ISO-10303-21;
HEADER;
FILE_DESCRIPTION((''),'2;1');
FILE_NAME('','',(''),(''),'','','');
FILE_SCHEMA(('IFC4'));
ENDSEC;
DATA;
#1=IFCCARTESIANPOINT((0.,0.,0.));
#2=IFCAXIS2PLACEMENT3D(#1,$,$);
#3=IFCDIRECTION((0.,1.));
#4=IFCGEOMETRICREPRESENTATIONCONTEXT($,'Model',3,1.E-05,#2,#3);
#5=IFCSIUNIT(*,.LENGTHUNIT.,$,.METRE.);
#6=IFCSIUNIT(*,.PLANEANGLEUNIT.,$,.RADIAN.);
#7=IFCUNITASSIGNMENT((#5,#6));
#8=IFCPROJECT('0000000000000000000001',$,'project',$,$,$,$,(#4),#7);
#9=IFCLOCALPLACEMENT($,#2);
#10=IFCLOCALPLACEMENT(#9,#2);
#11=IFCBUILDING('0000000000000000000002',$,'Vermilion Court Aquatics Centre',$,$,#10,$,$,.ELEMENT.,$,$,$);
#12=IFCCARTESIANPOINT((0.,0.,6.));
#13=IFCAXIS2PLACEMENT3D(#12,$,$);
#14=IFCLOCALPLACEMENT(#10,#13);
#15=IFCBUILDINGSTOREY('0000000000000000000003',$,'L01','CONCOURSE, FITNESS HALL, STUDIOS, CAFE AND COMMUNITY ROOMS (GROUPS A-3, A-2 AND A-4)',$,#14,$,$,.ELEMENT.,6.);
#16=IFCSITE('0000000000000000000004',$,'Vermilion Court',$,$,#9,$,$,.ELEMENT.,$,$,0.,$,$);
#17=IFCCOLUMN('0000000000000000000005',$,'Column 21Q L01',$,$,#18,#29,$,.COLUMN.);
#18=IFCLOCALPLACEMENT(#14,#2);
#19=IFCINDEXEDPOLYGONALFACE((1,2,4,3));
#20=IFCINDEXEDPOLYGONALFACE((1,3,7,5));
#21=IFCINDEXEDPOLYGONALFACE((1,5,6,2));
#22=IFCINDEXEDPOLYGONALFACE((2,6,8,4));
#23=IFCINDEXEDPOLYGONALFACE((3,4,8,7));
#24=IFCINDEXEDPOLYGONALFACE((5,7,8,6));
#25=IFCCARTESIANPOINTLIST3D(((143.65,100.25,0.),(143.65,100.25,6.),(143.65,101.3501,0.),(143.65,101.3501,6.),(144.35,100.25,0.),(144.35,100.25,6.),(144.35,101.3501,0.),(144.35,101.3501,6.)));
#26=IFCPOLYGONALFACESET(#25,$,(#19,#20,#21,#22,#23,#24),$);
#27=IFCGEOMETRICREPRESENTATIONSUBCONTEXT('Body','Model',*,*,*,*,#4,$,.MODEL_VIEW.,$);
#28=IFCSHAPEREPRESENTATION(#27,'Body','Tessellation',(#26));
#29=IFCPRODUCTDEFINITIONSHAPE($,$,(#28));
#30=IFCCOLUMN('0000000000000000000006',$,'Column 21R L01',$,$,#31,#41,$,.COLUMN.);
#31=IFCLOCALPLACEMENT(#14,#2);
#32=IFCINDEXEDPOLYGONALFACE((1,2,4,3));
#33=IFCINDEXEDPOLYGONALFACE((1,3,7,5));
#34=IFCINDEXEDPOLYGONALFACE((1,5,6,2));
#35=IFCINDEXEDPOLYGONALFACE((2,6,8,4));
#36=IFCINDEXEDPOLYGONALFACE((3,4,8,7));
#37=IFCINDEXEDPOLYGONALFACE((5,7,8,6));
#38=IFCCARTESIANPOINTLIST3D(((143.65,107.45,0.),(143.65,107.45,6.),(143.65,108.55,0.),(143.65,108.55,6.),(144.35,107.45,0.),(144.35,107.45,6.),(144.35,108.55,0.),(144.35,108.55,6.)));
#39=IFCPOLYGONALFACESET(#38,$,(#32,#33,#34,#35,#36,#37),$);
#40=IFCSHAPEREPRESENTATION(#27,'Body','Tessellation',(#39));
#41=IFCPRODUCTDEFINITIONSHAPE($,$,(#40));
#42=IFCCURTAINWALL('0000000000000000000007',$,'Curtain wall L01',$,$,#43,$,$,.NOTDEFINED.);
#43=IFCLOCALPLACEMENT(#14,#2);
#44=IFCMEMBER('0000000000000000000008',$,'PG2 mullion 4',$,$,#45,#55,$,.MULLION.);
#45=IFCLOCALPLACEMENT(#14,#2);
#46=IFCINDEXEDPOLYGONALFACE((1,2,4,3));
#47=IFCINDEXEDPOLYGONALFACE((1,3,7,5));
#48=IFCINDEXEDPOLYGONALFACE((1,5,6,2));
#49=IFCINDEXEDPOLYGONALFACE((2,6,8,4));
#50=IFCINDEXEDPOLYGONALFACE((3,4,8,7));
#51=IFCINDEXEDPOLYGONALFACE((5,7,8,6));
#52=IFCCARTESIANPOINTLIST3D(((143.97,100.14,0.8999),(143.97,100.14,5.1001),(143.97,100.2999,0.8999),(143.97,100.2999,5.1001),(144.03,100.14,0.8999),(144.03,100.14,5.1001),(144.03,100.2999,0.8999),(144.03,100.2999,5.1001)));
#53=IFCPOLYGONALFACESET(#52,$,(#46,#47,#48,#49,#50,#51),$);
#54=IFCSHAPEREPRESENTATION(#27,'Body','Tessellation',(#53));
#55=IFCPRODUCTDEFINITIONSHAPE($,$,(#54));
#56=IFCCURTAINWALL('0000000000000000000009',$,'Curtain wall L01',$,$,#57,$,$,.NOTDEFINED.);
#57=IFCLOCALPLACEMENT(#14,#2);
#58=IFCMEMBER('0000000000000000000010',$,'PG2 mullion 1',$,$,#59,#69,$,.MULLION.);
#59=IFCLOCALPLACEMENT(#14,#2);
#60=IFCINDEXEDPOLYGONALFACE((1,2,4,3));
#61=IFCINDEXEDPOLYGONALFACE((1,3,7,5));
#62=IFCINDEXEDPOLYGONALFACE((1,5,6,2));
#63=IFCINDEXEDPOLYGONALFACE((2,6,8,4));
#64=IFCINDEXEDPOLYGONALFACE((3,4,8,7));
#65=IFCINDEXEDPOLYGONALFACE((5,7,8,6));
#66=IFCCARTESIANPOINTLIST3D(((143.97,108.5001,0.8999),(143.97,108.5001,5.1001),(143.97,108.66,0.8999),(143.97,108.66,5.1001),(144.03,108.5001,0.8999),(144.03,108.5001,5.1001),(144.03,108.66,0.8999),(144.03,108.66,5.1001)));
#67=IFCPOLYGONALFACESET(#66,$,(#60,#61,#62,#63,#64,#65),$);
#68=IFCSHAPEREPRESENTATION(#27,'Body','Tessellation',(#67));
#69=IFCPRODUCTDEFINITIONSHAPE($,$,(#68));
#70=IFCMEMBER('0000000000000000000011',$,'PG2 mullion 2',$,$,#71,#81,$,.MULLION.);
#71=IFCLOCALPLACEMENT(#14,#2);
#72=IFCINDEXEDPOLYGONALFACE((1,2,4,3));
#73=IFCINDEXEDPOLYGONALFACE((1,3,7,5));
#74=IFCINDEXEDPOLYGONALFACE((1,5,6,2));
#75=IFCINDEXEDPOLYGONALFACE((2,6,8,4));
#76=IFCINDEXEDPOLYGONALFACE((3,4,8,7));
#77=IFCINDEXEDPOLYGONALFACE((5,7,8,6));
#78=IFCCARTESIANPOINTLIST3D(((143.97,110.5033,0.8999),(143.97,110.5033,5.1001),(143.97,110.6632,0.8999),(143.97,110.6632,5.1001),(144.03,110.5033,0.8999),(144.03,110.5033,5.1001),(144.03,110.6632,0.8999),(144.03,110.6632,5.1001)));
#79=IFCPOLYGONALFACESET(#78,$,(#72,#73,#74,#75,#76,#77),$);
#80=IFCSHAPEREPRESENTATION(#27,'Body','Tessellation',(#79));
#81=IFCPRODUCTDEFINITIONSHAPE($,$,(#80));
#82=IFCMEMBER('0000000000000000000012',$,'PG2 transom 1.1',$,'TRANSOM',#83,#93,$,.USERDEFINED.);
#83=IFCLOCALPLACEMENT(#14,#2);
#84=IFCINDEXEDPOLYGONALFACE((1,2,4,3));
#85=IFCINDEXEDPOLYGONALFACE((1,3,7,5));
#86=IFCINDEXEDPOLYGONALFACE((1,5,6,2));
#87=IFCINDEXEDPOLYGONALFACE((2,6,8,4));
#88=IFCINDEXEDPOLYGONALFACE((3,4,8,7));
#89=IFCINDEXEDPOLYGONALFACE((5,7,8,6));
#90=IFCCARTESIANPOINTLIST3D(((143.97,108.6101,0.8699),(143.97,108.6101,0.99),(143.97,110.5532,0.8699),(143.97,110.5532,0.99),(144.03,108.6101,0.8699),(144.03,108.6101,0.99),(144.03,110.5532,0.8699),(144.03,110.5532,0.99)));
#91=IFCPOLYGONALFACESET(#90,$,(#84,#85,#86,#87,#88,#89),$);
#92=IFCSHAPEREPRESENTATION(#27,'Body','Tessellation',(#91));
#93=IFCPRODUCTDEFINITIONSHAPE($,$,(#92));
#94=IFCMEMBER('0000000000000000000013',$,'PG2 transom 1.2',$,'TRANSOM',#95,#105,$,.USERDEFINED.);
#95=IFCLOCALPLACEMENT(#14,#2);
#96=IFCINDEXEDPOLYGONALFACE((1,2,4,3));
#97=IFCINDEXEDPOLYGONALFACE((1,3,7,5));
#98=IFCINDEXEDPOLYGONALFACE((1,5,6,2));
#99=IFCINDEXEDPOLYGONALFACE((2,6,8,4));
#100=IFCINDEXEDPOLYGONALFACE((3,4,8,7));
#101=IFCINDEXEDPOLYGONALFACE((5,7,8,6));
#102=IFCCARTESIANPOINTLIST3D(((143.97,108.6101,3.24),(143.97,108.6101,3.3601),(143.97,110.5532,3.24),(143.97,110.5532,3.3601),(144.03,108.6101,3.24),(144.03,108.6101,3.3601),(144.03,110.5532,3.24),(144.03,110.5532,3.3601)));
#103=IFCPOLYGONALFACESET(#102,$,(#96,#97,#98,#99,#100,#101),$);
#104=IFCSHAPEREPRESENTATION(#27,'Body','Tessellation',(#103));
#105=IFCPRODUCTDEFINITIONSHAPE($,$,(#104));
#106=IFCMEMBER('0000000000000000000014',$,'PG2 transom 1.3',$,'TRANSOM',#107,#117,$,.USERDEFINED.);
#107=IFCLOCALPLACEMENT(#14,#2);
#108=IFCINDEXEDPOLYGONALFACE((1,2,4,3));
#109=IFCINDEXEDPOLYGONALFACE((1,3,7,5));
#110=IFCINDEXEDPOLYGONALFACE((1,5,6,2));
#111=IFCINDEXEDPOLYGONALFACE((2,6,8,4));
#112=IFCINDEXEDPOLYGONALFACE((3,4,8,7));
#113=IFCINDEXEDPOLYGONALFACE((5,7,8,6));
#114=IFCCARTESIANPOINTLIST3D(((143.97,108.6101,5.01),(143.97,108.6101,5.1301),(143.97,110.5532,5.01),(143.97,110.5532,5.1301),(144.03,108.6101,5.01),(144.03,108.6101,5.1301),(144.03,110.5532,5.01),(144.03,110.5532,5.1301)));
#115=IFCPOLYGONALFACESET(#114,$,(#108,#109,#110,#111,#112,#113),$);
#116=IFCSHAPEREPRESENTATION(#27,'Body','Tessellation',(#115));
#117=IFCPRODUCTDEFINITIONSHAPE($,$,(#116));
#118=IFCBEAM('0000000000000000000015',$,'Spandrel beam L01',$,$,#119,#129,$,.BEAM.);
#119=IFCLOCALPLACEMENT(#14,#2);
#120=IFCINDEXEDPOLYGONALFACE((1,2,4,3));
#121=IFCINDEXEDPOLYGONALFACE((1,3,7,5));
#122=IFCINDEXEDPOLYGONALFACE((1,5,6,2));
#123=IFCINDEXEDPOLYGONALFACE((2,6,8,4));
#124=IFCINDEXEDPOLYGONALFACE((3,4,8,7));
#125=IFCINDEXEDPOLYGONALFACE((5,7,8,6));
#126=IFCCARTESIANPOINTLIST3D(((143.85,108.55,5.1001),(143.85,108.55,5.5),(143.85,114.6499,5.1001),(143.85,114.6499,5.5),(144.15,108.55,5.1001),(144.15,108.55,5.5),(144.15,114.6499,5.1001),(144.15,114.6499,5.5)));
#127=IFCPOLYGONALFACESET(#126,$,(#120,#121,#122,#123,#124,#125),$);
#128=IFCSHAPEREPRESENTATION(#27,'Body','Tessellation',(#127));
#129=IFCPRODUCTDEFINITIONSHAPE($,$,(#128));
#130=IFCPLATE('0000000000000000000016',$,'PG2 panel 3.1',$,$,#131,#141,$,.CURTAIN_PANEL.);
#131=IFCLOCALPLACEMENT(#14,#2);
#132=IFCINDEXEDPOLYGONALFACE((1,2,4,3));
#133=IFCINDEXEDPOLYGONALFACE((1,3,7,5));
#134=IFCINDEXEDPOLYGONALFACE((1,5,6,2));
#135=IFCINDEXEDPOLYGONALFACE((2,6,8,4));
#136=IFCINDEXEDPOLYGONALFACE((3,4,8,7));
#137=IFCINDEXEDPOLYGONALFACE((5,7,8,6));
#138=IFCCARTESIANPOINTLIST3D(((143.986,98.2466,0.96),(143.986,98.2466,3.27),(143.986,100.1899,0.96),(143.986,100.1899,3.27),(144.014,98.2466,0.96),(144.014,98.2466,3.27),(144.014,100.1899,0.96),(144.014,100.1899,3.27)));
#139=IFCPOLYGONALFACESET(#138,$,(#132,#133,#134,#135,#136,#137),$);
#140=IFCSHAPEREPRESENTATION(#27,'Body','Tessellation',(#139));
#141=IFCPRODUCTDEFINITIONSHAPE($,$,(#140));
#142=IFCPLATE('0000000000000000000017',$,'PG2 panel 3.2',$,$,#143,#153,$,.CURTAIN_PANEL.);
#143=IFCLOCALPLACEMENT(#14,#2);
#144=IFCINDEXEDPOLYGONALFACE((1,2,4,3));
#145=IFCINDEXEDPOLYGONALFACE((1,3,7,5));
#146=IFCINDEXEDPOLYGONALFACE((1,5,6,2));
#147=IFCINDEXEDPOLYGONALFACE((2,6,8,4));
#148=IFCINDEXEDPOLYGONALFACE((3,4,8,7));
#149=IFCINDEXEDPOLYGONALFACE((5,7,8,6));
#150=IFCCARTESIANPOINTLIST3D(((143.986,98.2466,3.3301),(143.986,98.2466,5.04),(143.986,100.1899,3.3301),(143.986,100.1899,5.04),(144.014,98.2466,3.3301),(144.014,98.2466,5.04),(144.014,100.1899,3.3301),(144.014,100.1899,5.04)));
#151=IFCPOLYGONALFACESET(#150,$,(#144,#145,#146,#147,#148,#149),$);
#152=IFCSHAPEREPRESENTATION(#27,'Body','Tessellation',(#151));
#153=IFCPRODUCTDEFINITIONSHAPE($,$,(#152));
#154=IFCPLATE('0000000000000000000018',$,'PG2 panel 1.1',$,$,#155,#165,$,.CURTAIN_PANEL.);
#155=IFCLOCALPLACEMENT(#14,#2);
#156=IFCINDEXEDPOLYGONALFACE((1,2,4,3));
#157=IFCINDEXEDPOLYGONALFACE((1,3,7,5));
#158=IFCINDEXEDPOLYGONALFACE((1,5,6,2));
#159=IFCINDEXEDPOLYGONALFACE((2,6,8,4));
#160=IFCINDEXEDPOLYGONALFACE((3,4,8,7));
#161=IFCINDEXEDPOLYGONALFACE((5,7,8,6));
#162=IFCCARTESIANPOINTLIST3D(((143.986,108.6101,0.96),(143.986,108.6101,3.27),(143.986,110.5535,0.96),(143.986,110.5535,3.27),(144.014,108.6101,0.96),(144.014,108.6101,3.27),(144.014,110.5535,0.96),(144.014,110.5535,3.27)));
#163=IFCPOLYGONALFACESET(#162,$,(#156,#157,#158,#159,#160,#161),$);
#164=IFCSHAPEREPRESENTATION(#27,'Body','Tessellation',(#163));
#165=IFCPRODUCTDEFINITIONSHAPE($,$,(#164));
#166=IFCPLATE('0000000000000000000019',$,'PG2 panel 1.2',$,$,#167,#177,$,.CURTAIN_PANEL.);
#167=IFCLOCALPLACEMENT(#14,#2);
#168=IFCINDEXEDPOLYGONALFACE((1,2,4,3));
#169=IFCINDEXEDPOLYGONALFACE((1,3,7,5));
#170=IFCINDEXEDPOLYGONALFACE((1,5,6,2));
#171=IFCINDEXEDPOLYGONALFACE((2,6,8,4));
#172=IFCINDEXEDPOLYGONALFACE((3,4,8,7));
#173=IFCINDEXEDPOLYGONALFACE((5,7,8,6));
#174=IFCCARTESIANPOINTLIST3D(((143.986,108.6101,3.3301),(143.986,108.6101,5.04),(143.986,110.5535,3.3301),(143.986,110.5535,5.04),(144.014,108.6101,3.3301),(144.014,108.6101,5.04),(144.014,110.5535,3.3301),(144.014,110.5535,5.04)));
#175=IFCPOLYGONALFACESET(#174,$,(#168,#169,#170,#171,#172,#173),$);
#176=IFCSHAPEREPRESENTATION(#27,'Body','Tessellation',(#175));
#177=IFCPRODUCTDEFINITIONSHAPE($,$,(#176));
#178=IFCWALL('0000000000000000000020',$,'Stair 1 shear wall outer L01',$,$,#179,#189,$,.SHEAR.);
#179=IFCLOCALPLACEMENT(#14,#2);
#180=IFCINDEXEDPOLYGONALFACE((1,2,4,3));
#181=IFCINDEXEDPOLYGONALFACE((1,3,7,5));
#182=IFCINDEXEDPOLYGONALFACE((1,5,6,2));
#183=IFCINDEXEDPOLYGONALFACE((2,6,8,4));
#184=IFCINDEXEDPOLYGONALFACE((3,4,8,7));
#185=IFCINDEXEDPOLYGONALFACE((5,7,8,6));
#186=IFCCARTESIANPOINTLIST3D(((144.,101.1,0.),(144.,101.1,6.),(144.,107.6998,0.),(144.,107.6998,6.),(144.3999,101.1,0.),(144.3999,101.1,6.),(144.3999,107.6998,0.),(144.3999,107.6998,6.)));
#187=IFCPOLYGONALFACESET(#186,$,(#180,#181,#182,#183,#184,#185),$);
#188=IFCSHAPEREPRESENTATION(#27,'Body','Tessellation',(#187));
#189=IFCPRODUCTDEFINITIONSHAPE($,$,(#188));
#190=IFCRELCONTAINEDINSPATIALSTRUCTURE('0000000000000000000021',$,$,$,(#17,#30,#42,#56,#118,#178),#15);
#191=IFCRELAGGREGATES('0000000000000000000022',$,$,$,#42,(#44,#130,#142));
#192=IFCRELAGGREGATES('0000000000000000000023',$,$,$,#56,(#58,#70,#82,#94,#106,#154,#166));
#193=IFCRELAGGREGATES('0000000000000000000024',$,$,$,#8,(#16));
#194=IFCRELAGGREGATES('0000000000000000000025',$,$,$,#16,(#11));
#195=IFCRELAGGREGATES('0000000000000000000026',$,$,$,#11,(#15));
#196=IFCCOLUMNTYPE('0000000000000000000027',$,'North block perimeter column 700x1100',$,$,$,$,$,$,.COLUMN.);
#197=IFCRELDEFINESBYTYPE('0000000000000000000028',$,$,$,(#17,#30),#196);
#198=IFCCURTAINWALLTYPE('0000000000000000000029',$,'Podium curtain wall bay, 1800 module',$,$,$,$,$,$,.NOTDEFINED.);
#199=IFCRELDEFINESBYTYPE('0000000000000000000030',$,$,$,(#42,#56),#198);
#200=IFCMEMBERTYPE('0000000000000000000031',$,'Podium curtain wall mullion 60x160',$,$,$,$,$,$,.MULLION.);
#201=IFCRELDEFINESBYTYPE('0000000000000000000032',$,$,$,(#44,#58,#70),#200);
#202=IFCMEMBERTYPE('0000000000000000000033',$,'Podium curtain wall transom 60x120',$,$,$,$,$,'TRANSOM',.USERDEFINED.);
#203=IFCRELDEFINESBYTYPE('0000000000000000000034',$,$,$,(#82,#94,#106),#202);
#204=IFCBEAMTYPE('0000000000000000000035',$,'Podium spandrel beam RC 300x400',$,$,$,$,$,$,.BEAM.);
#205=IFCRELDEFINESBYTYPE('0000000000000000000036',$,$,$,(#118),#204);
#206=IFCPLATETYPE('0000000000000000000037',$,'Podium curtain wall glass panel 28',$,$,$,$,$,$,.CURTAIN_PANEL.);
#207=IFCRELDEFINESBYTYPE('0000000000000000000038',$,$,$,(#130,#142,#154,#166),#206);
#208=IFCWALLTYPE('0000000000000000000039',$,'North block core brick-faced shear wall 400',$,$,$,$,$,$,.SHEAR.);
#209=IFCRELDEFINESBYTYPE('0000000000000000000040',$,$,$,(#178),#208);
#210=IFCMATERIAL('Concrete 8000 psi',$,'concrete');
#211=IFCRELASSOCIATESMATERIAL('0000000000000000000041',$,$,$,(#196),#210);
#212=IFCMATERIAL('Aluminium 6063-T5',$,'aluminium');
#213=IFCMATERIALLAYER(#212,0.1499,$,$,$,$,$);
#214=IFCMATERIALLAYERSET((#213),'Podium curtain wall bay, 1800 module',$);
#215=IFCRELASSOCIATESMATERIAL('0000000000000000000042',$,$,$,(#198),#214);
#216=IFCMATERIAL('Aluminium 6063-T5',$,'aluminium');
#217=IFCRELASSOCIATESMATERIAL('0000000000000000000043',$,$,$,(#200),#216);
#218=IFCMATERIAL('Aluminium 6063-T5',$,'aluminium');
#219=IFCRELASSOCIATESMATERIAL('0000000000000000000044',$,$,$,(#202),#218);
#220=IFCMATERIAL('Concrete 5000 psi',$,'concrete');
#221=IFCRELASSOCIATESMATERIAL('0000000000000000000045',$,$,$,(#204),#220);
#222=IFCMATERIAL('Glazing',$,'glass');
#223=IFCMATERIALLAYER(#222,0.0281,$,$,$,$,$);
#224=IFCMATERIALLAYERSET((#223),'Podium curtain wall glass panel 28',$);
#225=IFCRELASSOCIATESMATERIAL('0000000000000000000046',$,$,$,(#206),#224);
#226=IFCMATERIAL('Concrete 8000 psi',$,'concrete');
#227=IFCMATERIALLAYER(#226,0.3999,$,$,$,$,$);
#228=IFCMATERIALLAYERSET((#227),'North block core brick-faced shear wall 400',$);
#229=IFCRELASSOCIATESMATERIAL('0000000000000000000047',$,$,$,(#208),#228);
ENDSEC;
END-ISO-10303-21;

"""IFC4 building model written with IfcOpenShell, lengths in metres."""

from ifc_helpers import new_model, si_unit, direction, frame, frame_2d, origin, origin_2d, place, context, subcontext, project, spatial, rectangle, extrude, material, layer, layer_set, material_profile, profile_set, type_object, element, aggregate, save


model = new_model("IFC4")

# Units and contexts
model_context = context("Model", 3, precision=1e-05, world=origin(), true_north=direction((0.0, 1.0)))
body_context = subcontext(model_context, "Body", "Model", "MODEL_VIEW")
ifc_project = project(units=[si_unit("LENGTHUNIT", "METRE"), si_unit("PLANEANGLEUNIT", "RADIAN")], contexts=[model_context])

# Site, building, storey
site_placement = place(None, origin())
site = spatial("IfcSite", under=ifc_project, at=site_placement, Name="Vermilion Court", CompositionType="ELEMENT", RefElevation=0.0)
building_placement = place(site_placement, origin())
building = spatial("IfcBuilding", under=site, at=building_placement, Name="Vermilion Court Aquatics Centre", CompositionType="ELEMENT")
storey_placement = place(building_placement, frame((0.0, 0.0, 6.0)))
storey = spatial("IfcBuildingStorey", under=building, at=storey_placement, Name="L01", Description="CONCOURSE, FITNESS HALL, STUDIOS, CAFE AND COMMUNITY ROOMS (GROUPS A-3, A-2 AND A-4)", CompositionType="ELEMENT", Elevation=6.0)

# Columns
ifc_material_1 = material(Name="Concrete 8000 psi", Category="concrete")
ifc_material_profile_1 = material_profile(ifc_material_1, rectangle(XDim=0.7, YDim=1.1001, at=origin_2d()), Name="RC 700x1100")
ifc_profile_set_1 = profile_set([ifc_material_profile_1], Name="Concrete 8000 psi")
column_type = type_object("IfcColumnType", Name="North block perimeter column 700x1100", PredefinedType="COLUMN", material=ifc_profile_set_1)
for number, where, z_axis, x_axis, name in (
    (1, (144.0, 100.8, 0.0), (0.0, 0.0, 1.0), (1.0, 0.0, 0.0), "Column 21Q L01"),
    (2, (144.0, 108.0, 0.0), (0.0, 0.0, 1.0), (1.0, 0.0, 0.0), "Column 21R L01"),
):
    element("IfcColumn", number, at=place(storey_placement, frame(where, z_axis=z_axis, x_axis=x_axis)), inside=storey, type_object=column_type, Name=name, PredefinedType="COLUMN", context=body_context, shape_type="SweptSolid", body=[
        extrude(rectangle(XDim=0.7, YDim=1.1001, at=origin_2d()), origin(), (0.0, 0.0, 1.0), 6.0),
    ])

# Curtain wall, member
ifc_material_2 = material(Name="Aluminium 6063-T5", Category="aluminium")
ifc_layer_1 = layer(ifc_material_2, 0.1499)
ifc_layer_set_1 = layer_set([ifc_layer_1], Name="Podium curtain wall bay, 1800 module")
curtain_wall_type = type_object("IfcCurtainWallType", Name="Podium curtain wall bay, 1800 module", PredefinedType="NOTDEFINED", material=ifc_layer_set_1)
curtain_wall_1_placement = place(storey_placement, origin())
curtain_wall_1 = element("IfcCurtainWall", 3, at=curtain_wall_1_placement, inside=storey, type_object=curtain_wall_type, Name="Curtain wall L01", PredefinedType="NOTDEFINED")
ifc_material_3 = material(Name="Aluminium 6063-T5", Category="aluminium")
ifc_material_profile_2 = material_profile(ifc_material_3, rectangle(XDim=0.0601, YDim=0.1599, at=origin_2d()), Name="Mullion 60x160")
ifc_profile_set_2 = profile_set([ifc_material_profile_2], Name="Aluminium 6063-T5")
member_type_1 = type_object("IfcMemberType", Name="Podium curtain wall mullion 60x160", PredefinedType="MULLION", material=ifc_profile_set_2)
member_1_placement = place(storey_placement, frame((144.0, 100.22, 0.8999), z_axis=(0.0, 0.0, 1.0), x_axis=(-1.0, 0.0, 0.0)))
member_1 = element("IfcMember", 4, at=member_1_placement, type_object=member_type_1, Name="PG2 mullion 4", PredefinedType="MULLION", context=body_context, shape_type="SweptSolid", body=[
    extrude(rectangle(XDim=0.0601, YDim=0.1599, at=origin_2d()), origin(), (0.0, 0.0, 1.0), 4.2002),
])

# Curtain wall, members
curtain_wall_2_placement = place(storey_placement, origin())
curtain_wall_2 = element("IfcCurtainWall", 5, at=curtain_wall_2_placement, inside=storey, type_object=curtain_wall_type, Name="Curtain wall L01", PredefinedType="NOTDEFINED")
member_2_placement = place(storey_placement, frame((144.0, 108.5801, 0.8999), z_axis=(0.0, 0.0, 1.0), x_axis=(-1.0, 0.0, 0.0)))
member_2 = element("IfcMember", 6, at=member_2_placement, type_object=member_type_1, Name="PG2 mullion 1", PredefinedType="MULLION", context=body_context, shape_type="SweptSolid", body=[
    extrude(rectangle(XDim=0.0601, YDim=0.1599, at=origin_2d()), origin(), (0.0, 0.0, 1.0), 4.2002),
])
member_3_placement = place(storey_placement, frame((144.0, 110.5833, 0.8999), z_axis=(0.0, 0.0, 1.0), x_axis=(-1.0, 0.0, 0.0)))
member_3 = element("IfcMember", 7, at=member_3_placement, type_object=member_type_1, Name="PG2 mullion 2", PredefinedType="MULLION", context=body_context, shape_type="SweptSolid", body=[
    extrude(rectangle(XDim=0.0601, YDim=0.1599, at=origin_2d()), origin(), (0.0, 0.0, 1.0), 4.2002),
])
ifc_material_4 = material(Name="Aluminium 6063-T5", Category="aluminium")
ifc_material_profile_3 = material_profile(ifc_material_4, rectangle(XDim=0.0601, YDim=0.1201, at=origin_2d()), Name="Transom 60x120")
ifc_profile_set_3 = profile_set([ifc_material_profile_3], Name="Aluminium 6063-T5")
member_type_2 = type_object("IfcMemberType", Name="Podium curtain wall transom 60x120", ElementType="TRANSOM", PredefinedType="USERDEFINED", material=ifc_profile_set_3)
member_4_placement = place(storey_placement, frame((144.0, 108.6101, 0.9299), z_axis=(0.0, 1.0, 0.0), x_axis=(-1.0, 0.0, 0.0)))
member_4 = element("IfcMember", 8, at=member_4_placement, type_object=member_type_2, Name="PG2 transom 1.1", ObjectType="TRANSOM", PredefinedType="USERDEFINED", context=body_context, shape_type="SweptSolid", body=[
    extrude(rectangle(XDim=0.0601, YDim=0.1201, at=origin_2d()), origin(), (0.0, 0.0, 1.0), 1.9431),
])
member_5_placement = place(storey_placement, frame((144.0, 108.6101, 3.3), z_axis=(0.0, 1.0, 0.0), x_axis=(-1.0, 0.0, 0.0)))
member_5 = element("IfcMember", 9, at=member_5_placement, type_object=member_type_2, Name="PG2 transom 1.2", ObjectType="TRANSOM", PredefinedType="USERDEFINED", context=body_context, shape_type="SweptSolid", body=[
    extrude(rectangle(XDim=0.0601, YDim=0.1201, at=origin_2d()), origin(), (0.0, 0.0, 1.0), 1.9431),
])
member_6_placement = place(storey_placement, frame((144.0, 108.6101, 5.0701), z_axis=(0.0, 1.0, 0.0), x_axis=(-1.0, 0.0, 0.0)))
member_6 = element("IfcMember", 10, at=member_6_placement, type_object=member_type_2, Name="PG2 transom 1.3", ObjectType="TRANSOM", PredefinedType="USERDEFINED", context=body_context, shape_type="SweptSolid", body=[
    extrude(rectangle(XDim=0.0601, YDim=0.1201, at=origin_2d()), origin(), (0.0, 0.0, 1.0), 1.9431),
])

# Beam
ifc_material_5 = material(Name="Concrete 5000 psi", Category="concrete")
ifc_material_profile_4 = material_profile(ifc_material_5, rectangle(XDim=0.3, YDim=0.3999, at=origin_2d()), Name="RC 300x400")
ifc_profile_set_4 = profile_set([ifc_material_profile_4], Name="Concrete 5000 psi")
beam_type = type_object("IfcBeamType", Name="Podium spandrel beam RC 300x400", PredefinedType="BEAM", material=ifc_profile_set_4)
beam_placement = place(storey_placement, frame((144.0, 108.55, 5.3), z_axis=(0.0, 1.0, 0.0), x_axis=(-1.0, 0.0, 0.0)))
element("IfcBeam", 11, at=beam_placement, inside=storey, type_object=beam_type, Name="Spandrel beam L01", PredefinedType="BEAM", context=body_context, shape_type="SweptSolid", body=[
    extrude(rectangle(XDim=0.3, YDim=0.3999, at=origin_2d()), origin(), (0.0, 0.0, 1.0), 6.0999),
])

# Plates
ifc_material_6 = material(Name="Glazing", Category="glass")
ifc_layer_2 = layer(ifc_material_6, 0.0281)
ifc_layer_set_2 = layer_set([ifc_layer_2], Name="Podium curtain wall glass panel 28")
plate_type = type_object("IfcPlateType", Name="Podium curtain wall glass panel 28", PredefinedType="CURTAIN_PANEL", material=ifc_layer_set_2)
plate_1_placement = place(storey_placement, frame((144.0, 99.2183, 0.96), z_axis=(0.0, 0.0, 1.0), x_axis=(0.0, 1.0, 0.0)))
plate_1 = element("IfcPlate", 12, at=plate_1_placement, type_object=plate_type, Name="PG2 panel 3.1", PredefinedType="CURTAIN_PANEL", context=body_context, shape_type="SweptSolid", body=[
    extrude(rectangle(XDim=1.9434, YDim=0.0281, at=origin_2d()), origin(), (0.0, 0.0, 1.0), 2.3101),
])
plate_2_placement = place(storey_placement, frame((144.0, 99.2183, 3.3301), z_axis=(0.0, 0.0, 1.0), x_axis=(0.0, 1.0, 0.0)))
plate_2 = element("IfcPlate", 13, at=plate_2_placement, type_object=plate_type, Name="PG2 panel 3.2", PredefinedType="CURTAIN_PANEL", context=body_context, shape_type="SweptSolid", body=[
    extrude(rectangle(XDim=1.9434, YDim=0.0281, at=origin_2d()), origin(), (0.0, 0.0, 1.0), 1.71),
])
aggregate(curtain_wall_1, [member_1, plate_1, plate_2])
plate_3_placement = place(storey_placement, frame((144.0, 109.5818, 0.96), z_axis=(0.0, 0.0, 1.0), x_axis=(0.0, 1.0, 0.0)))
plate_3 = element("IfcPlate", 14, at=plate_3_placement, type_object=plate_type, Name="PG2 panel 1.1", PredefinedType="CURTAIN_PANEL", context=body_context, shape_type="SweptSolid", body=[
    extrude(rectangle(XDim=1.9434, YDim=0.0281, at=origin_2d()), origin(), (0.0, 0.0, 1.0), 2.3101),
])
plate_4_placement = place(storey_placement, frame((144.0, 109.5818, 3.3301), z_axis=(0.0, 0.0, 1.0), x_axis=(0.0, 1.0, 0.0)))
plate_4 = element("IfcPlate", 15, at=plate_4_placement, type_object=plate_type, Name="PG2 panel 1.2", PredefinedType="CURTAIN_PANEL", context=body_context, shape_type="SweptSolid", body=[
    extrude(rectangle(XDim=1.9434, YDim=0.0281, at=origin_2d()), origin(), (0.0, 0.0, 1.0), 1.71),
])
aggregate(curtain_wall_2, [member_2, member_3, member_4, member_5, member_6, plate_3, plate_4])

# Wall
ifc_material_7 = material(Name="Concrete 8000 psi", Category="concrete")
ifc_layer_3 = layer(ifc_material_7, 0.3999)
ifc_layer_set_3 = layer_set([ifc_layer_3], Name="North block core brick-faced shear wall 400")
wall_type_1 = type_object("IfcWallType", Name="North block core brick-faced shear wall 400", PredefinedType="SHEAR", material=ifc_layer_set_3)
wall_1_placement = place(storey_placement, frame((144.2, 101.1001, 0.0), z_axis=(0.0, 0.0, 1.0), x_axis=(0.0, 1.0, 0.0)))
element("IfcWall", 16, at=wall_1_placement, inside=storey, type_object=wall_type_1, Name="Stair 1 shear wall outer L01", PredefinedType="SHEAR", context=body_context, shape_type="SweptSolid", body=[
    extrude(rectangle(XDim=6.5999, YDim=0.3999, at=frame_2d((3.2998, 0.0))), origin(), (0.0, 0.0, 1.0), 6.0),
])

save(model, "model.ifc")
